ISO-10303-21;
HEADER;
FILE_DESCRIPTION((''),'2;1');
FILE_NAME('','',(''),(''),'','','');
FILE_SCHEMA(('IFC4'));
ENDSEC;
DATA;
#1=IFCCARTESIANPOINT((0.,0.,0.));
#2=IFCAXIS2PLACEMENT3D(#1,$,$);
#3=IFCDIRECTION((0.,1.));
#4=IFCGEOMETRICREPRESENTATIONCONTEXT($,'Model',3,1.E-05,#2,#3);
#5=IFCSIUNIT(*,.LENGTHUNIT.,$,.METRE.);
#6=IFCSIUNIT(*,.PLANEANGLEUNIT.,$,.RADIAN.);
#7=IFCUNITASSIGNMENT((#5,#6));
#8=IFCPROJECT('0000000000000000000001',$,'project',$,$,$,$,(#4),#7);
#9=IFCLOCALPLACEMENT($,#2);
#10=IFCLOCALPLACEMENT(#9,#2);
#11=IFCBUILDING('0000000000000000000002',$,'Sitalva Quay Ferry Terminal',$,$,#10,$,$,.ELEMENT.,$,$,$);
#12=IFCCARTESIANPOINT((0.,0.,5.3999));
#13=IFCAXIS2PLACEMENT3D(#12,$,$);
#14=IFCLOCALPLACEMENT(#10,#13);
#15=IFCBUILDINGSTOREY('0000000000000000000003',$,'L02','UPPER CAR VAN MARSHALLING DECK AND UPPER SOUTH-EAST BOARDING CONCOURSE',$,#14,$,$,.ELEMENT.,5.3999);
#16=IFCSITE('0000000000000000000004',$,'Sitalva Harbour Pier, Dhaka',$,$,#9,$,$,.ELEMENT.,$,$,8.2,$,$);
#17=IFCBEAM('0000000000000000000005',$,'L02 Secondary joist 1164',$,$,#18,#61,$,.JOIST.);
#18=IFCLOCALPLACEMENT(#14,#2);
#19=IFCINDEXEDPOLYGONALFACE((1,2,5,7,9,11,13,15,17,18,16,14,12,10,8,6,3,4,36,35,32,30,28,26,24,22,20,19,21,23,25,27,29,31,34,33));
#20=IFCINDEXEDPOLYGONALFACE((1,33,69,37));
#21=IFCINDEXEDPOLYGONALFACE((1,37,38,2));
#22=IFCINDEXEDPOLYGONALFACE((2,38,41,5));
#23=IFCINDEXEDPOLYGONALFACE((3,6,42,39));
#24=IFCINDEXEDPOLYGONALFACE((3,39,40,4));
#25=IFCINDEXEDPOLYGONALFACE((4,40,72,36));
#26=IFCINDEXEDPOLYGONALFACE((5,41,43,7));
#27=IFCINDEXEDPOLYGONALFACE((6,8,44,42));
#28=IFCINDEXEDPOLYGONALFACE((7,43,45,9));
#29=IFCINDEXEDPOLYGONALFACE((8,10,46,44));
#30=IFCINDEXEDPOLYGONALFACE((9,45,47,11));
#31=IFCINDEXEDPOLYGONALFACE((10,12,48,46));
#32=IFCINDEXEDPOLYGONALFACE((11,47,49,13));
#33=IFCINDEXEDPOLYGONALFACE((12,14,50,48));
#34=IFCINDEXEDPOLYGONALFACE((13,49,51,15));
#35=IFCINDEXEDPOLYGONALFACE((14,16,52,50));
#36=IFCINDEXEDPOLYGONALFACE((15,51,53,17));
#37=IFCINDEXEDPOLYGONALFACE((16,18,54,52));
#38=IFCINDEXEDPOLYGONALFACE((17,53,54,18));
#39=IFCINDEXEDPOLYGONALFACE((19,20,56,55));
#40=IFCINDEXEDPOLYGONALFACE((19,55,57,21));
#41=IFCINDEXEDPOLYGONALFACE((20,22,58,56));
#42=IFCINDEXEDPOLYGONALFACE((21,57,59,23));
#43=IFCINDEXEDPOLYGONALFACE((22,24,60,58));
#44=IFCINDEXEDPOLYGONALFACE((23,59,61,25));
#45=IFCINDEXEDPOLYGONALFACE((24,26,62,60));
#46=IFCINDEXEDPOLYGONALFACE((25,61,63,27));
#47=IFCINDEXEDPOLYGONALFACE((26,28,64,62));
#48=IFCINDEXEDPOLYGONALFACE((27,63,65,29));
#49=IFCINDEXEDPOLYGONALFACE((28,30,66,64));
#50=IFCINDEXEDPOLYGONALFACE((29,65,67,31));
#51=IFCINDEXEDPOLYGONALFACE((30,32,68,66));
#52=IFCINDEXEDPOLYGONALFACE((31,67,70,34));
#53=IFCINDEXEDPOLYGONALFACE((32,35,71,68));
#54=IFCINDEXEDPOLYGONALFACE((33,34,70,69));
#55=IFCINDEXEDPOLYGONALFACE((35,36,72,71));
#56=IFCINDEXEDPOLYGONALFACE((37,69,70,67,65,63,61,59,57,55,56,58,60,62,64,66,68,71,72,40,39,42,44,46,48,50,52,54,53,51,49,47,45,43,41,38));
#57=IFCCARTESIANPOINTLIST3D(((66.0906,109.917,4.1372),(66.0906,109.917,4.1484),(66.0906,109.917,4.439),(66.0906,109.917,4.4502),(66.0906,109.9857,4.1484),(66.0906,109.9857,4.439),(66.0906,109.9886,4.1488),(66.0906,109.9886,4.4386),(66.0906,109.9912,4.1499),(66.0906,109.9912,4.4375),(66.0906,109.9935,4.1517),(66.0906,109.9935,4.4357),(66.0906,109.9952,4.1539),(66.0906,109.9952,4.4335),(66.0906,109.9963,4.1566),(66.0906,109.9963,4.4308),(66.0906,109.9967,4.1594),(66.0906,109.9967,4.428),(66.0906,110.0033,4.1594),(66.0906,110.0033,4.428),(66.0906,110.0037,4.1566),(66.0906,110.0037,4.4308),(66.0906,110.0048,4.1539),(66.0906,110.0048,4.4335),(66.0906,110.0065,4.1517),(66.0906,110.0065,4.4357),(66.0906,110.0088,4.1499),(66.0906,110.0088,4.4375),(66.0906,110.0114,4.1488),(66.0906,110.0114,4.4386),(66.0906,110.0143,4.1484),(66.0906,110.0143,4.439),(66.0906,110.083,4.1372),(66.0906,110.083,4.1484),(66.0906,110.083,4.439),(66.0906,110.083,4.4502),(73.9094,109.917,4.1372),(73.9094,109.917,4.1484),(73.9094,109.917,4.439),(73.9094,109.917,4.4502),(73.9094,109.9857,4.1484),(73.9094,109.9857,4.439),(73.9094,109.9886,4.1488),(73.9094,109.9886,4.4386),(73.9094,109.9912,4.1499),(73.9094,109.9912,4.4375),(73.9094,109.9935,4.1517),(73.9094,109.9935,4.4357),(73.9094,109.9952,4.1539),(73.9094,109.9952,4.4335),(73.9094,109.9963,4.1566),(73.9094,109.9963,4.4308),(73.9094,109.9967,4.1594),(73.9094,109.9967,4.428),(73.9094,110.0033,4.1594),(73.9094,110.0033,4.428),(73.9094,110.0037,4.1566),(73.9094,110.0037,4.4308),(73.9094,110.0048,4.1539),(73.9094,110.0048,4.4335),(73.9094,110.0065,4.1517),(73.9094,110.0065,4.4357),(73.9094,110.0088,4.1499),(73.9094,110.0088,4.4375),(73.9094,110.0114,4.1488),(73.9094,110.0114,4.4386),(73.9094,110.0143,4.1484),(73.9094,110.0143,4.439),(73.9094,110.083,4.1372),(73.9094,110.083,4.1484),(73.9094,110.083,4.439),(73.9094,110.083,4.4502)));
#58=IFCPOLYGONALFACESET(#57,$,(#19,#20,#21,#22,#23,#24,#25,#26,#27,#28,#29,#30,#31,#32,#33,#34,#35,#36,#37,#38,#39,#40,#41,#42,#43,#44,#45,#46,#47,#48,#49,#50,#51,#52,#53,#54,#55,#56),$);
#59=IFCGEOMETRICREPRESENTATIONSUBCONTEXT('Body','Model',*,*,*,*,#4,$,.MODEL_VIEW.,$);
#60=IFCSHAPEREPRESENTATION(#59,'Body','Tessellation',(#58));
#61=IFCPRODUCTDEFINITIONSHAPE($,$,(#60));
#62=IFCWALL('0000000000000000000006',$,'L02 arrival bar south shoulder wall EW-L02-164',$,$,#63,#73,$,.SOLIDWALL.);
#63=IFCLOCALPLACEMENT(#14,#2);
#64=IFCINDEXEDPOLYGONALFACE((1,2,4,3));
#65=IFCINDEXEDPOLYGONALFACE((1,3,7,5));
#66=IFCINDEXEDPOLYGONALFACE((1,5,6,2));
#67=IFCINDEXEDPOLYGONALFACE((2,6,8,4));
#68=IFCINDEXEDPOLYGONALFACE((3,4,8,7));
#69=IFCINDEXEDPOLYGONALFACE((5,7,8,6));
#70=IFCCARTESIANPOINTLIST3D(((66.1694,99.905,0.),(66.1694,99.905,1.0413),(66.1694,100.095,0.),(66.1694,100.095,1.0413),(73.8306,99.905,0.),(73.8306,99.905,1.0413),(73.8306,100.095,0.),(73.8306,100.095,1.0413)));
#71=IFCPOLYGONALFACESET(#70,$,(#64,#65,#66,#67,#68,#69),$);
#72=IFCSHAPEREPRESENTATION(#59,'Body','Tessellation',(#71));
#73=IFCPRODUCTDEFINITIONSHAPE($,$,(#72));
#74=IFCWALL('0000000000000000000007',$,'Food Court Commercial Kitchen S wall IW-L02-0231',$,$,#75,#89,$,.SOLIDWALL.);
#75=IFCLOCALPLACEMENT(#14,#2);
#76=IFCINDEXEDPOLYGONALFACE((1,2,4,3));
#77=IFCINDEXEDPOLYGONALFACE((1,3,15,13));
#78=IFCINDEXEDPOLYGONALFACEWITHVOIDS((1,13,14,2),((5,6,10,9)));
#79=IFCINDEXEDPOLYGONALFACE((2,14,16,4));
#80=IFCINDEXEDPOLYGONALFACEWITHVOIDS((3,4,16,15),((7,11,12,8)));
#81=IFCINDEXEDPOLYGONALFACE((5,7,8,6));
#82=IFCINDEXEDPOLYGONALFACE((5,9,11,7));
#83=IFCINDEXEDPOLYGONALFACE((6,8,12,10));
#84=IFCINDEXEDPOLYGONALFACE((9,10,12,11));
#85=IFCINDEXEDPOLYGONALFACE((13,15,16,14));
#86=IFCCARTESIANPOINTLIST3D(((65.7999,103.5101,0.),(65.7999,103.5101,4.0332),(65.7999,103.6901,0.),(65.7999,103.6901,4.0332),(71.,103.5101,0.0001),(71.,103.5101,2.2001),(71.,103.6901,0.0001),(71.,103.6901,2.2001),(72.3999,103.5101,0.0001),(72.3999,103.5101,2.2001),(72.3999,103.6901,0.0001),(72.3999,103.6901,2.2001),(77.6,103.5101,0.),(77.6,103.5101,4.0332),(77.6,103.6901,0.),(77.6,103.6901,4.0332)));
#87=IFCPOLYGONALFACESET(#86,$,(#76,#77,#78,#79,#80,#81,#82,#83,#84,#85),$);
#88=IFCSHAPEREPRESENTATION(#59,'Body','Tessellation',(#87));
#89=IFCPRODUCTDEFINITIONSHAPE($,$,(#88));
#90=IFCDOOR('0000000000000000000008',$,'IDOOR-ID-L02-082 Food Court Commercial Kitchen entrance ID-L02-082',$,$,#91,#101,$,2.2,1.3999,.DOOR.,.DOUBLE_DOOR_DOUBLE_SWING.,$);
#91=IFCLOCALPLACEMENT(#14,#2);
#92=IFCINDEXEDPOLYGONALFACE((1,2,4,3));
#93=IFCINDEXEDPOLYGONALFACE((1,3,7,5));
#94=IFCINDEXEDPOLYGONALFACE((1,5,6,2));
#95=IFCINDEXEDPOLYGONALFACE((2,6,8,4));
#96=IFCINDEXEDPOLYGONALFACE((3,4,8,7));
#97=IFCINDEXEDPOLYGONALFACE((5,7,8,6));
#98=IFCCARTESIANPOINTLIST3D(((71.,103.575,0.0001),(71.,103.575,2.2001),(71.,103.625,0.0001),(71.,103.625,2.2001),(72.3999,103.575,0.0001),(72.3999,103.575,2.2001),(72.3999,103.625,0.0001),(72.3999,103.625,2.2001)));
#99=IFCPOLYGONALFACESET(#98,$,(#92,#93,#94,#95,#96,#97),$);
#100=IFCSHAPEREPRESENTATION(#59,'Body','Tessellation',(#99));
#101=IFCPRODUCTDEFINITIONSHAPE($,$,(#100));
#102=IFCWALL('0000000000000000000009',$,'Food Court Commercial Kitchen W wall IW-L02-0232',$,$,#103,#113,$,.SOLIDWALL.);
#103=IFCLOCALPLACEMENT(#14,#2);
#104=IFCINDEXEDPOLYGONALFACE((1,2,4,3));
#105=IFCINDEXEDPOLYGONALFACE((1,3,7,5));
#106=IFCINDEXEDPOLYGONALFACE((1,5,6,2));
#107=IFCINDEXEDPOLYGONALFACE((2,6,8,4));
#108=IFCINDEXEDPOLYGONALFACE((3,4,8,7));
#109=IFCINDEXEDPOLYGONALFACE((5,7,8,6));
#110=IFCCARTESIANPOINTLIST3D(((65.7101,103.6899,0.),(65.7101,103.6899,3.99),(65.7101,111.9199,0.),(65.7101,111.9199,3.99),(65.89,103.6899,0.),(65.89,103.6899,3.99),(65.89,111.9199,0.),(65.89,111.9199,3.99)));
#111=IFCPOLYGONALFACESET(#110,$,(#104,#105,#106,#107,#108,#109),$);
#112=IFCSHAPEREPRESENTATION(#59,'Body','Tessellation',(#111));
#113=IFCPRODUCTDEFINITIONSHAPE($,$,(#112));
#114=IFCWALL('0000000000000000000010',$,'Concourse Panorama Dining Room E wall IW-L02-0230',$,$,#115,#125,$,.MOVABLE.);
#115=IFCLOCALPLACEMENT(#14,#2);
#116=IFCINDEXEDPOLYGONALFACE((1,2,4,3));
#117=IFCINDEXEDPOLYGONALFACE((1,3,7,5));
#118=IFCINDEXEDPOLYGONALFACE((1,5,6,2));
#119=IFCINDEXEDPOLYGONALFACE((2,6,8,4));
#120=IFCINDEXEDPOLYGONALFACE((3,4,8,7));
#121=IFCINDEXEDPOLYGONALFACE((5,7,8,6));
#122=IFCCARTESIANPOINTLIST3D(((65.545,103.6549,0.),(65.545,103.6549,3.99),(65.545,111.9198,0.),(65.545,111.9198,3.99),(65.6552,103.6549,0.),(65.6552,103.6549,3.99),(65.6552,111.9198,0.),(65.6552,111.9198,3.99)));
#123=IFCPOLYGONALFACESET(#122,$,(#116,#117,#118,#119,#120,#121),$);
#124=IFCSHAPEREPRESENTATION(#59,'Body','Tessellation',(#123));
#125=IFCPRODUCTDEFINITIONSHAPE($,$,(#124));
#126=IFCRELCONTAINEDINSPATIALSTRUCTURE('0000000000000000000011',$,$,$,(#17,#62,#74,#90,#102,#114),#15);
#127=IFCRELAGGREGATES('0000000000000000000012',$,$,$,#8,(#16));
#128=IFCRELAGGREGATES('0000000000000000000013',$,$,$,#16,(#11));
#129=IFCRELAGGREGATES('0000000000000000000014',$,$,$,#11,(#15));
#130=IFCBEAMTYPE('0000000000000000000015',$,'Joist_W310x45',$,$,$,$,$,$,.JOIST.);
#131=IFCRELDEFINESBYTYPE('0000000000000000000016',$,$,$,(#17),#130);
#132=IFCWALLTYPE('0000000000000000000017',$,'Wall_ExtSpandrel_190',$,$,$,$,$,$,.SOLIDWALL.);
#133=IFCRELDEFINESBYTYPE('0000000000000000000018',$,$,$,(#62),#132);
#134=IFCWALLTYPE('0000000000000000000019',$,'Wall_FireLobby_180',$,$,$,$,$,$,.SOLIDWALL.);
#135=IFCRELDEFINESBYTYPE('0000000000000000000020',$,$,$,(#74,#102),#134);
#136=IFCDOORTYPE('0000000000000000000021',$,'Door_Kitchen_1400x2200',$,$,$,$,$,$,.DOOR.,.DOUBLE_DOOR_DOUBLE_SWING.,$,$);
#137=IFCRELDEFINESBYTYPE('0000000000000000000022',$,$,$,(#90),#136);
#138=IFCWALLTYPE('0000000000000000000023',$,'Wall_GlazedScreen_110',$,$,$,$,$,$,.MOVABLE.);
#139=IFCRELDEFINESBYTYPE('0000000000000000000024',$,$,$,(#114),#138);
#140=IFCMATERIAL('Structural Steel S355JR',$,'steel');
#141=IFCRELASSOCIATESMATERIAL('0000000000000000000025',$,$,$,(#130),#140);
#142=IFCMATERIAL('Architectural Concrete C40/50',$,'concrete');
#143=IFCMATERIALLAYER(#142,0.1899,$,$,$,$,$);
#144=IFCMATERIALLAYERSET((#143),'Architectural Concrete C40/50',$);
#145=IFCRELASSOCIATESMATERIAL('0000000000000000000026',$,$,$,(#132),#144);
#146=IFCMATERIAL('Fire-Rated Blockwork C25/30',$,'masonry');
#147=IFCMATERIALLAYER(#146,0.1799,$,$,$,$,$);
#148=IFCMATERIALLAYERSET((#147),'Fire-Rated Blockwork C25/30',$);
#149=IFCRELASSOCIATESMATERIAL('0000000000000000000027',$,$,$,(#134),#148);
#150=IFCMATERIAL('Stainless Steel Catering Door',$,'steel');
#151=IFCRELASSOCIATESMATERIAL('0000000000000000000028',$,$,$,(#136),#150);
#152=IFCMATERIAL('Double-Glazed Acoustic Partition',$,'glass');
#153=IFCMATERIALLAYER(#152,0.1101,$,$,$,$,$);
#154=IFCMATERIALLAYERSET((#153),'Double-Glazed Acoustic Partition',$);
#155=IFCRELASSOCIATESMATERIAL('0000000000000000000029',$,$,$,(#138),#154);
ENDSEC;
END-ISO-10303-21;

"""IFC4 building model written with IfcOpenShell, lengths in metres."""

from ifc_helpers import new_model, si_unit, direction, frame, frame_2d, origin, origin_2d, place, context, subcontext, project, spatial, rectangle, i_section, extrude, material, layer, layer_set, material_profile, profile_set, type_object, element, fill, save


model = new_model("IFC4")

# Units and contexts
model_context = context("Model", 3, precision=1e-05, world=origin(), true_north=direction((0.0, 1.0)))
body_context = subcontext(model_context, "Body", "Model", "MODEL_VIEW")
ifc_project = project(units=[si_unit("LENGTHUNIT", "METRE"), si_unit("PLANEANGLEUNIT", "RADIAN")], contexts=[model_context])

# Site, building, storey
site_placement = place(None, origin())
site = spatial("IfcSite", under=ifc_project, at=site_placement, Name="Sitalva Harbour Pier, Dhaka", CompositionType="ELEMENT", RefElevation=8.2)
building_placement = place(site_placement, origin())
building = spatial("IfcBuilding", under=site, at=building_placement, Name="Sitalva Quay Ferry Terminal", CompositionType="ELEMENT")
storey_placement = place(building_placement, frame((0.0, 0.0, 5.3999)))
storey = spatial("IfcBuildingStorey", under=building, at=storey_placement, Name="L02", Description="UPPER CAR VAN MARSHALLING DECK AND UPPER SOUTH-EAST BOARDING CONCOURSE", CompositionType="ELEMENT", Elevation=5.3999)

# Beam
ifc_material_1 = material(Name="Structural Steel S355JR", Category="steel")
ifc_material_profile_1 = material_profile(ifc_material_1, i_section(OverallWidth=0.166, OverallDepth=0.313, WebThickness=0.0066, FlangeThickness=0.0112, FilletRadius=0.011, at=origin_2d()), Name="W310x45")
ifc_profile_set_1 = profile_set([ifc_material_profile_1], Name="Structural Steel S355JR")
beam_type_1 = type_object("IfcBeamType", Name="Joist_W310x45", PredefinedType="JOIST", material=ifc_profile_set_1)
for number, where, z_axis, x_axis, name in (
    (1, (66.0906, 110.0, 4.2937), (1.0, 0.0, 0.0), (0.0, 1.0, 0.0), "L02 Secondary joist 1164"),
):
    element("IfcBeam", number, at=place(storey_placement, frame(where, z_axis=z_axis, x_axis=x_axis)), inside=storey, type_object=beam_type_1, Name=name, PredefinedType="JOIST", context=body_context, shape_type="SweptSolid", body=[
        extrude(i_section(OverallWidth=0.166, OverallDepth=0.313, WebThickness=0.0066, FlangeThickness=0.0112, FilletRadius=0.011, at=origin_2d()), origin(), (0.0, 0.0, 1.0), 7.8188),
    ])

# Wall
ifc_material_2 = material(Name="Architectural Concrete C40/50", Category="concrete")
ifc_layer_1 = layer(ifc_material_2, 0.1899)
ifc_layer_set_1 = layer_set([ifc_layer_1], Name="Architectural Concrete C40/50")
wall_type_1 = type_object("IfcWallType", Name="Wall_ExtSpandrel_190", PredefinedType="SOLIDWALL", material=ifc_layer_set_1)
wall_1_placement = place(storey_placement, frame((66.1694, 100.0, 0.0), z_axis=(0.0, 0.0, 1.0), x_axis=(1.0, 0.0, 0.0)))
element("IfcWall", 2, at=wall_1_placement, inside=storey, type_object=wall_type_1, Name="L02 arrival bar south shoulder wall EW-L02-164", PredefinedType="SOLIDWALL", context=body_context, shape_type="SweptSolid", body=[
    extrude(rectangle(XDim=7.6611, YDim=0.1899, at=frame_2d((3.8306, 0.0))), origin(), (0.0, 0.0, 1.0), 1.0413),
])

# Wall, opening, door
ifc_material_3 = material(Name="Fire-Rated Blockwork C25/30", Category="masonry")
ifc_layer_2 = layer(ifc_material_3, 0.1799)
ifc_layer_set_2 = layer_set([ifc_layer_2], Name="Fire-Rated Blockwork C25/30")
wall_type_2 = type_object("IfcWallType", Name="Wall_FireLobby_180", PredefinedType="SOLIDWALL", material=ifc_layer_set_2)
wall_2_placement = place(storey_placement, frame((65.8, 103.6001, 0.0), z_axis=(0.0, 0.0, 1.0), x_axis=(1.0, 0.0, 0.0)))
wall_2 = element("IfcWall", 3, at=wall_2_placement, inside=storey, type_object=wall_type_2, Name="Food Court Commercial Kitchen S wall IW-L02-0231", PredefinedType="SOLIDWALL", context=body_context, shape_type="SweptSolid", body=[
    extrude(rectangle(XDim=11.8, YDim=0.1799, at=frame_2d((5.8999, 0.0))), origin(), (0.0, 0.0, 1.0), 4.0332),
])
opening_placement = place(wall_2_placement, frame((5.2, 0.0, 0.0)))
opening = element("IfcOpeningElement", 4, at=opening_placement, cuts=wall_2, PredefinedType="OPENING", context=body_context, shape_type="SweptSolid", body=[
    extrude(rectangle(XDim=1.3999, YDim=2.2, at=frame_2d((0.7, 1.1001))), frame((0.0, 0.0999, 0.0), z_axis=(0.0, -1.0, 0.0), x_axis=(1.0, 0.0, 0.0)), (0.0, 0.0, 1.0), 0.2),
])
ifc_material_4 = material(Name="Stainless Steel Catering Door", Category="steel")
door_type = type_object("IfcDoorType", Name="Door_Kitchen_1400x2200", OperationType="DOUBLE_DOOR_DOUBLE_SWING", PredefinedType="DOOR", material=ifc_material_4)
door_placement = place(opening_placement, origin())
door = element("IfcDoor", 5, at=door_placement, inside=storey, type_object=door_type, Name="IDOOR-ID-L02-082 Food Court Commercial Kitchen entrance ID-L02-082", OperationType="DOUBLE_DOOR_DOUBLE_SWING", OverallHeight=2.2, OverallWidth=1.3999, PredefinedType="DOOR", context=body_context, shape_type="SweptSolid", body=[
    extrude(rectangle(XDim=1.3999, YDim=2.2, at=frame_2d((0.7, 1.1001))), frame((0.0, 0.0249, 0.0), z_axis=(0.0, -1.0, 0.0), x_axis=(1.0, 0.0, 0.0)), (0.0, 0.0, 1.0), 0.05),
])
fill(opening, door)

# Walls
wall_3_placement = place(storey_placement, frame((65.8, 103.6899, 0.0), z_axis=(0.0, 0.0, 1.0), x_axis=(0.0, 1.0, 0.0)))
element("IfcWall", 6, at=wall_3_placement, inside=storey, type_object=wall_type_2, Name="Food Court Commercial Kitchen W wall IW-L02-0232", PredefinedType="SOLIDWALL", context=body_context, shape_type="SweptSolid", body=[
    extrude(rectangle(XDim=8.23, YDim=0.1799, at=frame_2d((4.115, 0.0))), origin(), (0.0, 0.0, 1.0), 3.99),
])
ifc_material_5 = material(Name="Double-Glazed Acoustic Partition", Category="glass")
ifc_layer_3 = layer(ifc_material_5, 0.1101)
ifc_layer_set_3 = layer_set([ifc_layer_3], Name="Double-Glazed Acoustic Partition")
wall_type_3 = type_object("IfcWallType", Name="Wall_GlazedScreen_110", PredefinedType="MOVABLE", material=ifc_layer_set_3)
wall_4_placement = place(storey_placement, frame((65.6001, 103.655, 0.0), z_axis=(0.0, 0.0, 1.0), x_axis=(0.0, 1.0, 0.0)))
element("IfcWall", 7, at=wall_4_placement, inside=storey, type_object=wall_type_3, Name="Concourse Panorama Dining Room E wall IW-L02-0230", PredefinedType="MOVABLE", context=body_context, shape_type="SweptSolid", body=[
    extrude(rectangle(XDim=8.2649, YDim=0.1101, at=frame_2d((4.1323, 0.0))), origin(), (0.0, 0.0, 1.0), 3.99),
])

save(model, "model.ifc")
